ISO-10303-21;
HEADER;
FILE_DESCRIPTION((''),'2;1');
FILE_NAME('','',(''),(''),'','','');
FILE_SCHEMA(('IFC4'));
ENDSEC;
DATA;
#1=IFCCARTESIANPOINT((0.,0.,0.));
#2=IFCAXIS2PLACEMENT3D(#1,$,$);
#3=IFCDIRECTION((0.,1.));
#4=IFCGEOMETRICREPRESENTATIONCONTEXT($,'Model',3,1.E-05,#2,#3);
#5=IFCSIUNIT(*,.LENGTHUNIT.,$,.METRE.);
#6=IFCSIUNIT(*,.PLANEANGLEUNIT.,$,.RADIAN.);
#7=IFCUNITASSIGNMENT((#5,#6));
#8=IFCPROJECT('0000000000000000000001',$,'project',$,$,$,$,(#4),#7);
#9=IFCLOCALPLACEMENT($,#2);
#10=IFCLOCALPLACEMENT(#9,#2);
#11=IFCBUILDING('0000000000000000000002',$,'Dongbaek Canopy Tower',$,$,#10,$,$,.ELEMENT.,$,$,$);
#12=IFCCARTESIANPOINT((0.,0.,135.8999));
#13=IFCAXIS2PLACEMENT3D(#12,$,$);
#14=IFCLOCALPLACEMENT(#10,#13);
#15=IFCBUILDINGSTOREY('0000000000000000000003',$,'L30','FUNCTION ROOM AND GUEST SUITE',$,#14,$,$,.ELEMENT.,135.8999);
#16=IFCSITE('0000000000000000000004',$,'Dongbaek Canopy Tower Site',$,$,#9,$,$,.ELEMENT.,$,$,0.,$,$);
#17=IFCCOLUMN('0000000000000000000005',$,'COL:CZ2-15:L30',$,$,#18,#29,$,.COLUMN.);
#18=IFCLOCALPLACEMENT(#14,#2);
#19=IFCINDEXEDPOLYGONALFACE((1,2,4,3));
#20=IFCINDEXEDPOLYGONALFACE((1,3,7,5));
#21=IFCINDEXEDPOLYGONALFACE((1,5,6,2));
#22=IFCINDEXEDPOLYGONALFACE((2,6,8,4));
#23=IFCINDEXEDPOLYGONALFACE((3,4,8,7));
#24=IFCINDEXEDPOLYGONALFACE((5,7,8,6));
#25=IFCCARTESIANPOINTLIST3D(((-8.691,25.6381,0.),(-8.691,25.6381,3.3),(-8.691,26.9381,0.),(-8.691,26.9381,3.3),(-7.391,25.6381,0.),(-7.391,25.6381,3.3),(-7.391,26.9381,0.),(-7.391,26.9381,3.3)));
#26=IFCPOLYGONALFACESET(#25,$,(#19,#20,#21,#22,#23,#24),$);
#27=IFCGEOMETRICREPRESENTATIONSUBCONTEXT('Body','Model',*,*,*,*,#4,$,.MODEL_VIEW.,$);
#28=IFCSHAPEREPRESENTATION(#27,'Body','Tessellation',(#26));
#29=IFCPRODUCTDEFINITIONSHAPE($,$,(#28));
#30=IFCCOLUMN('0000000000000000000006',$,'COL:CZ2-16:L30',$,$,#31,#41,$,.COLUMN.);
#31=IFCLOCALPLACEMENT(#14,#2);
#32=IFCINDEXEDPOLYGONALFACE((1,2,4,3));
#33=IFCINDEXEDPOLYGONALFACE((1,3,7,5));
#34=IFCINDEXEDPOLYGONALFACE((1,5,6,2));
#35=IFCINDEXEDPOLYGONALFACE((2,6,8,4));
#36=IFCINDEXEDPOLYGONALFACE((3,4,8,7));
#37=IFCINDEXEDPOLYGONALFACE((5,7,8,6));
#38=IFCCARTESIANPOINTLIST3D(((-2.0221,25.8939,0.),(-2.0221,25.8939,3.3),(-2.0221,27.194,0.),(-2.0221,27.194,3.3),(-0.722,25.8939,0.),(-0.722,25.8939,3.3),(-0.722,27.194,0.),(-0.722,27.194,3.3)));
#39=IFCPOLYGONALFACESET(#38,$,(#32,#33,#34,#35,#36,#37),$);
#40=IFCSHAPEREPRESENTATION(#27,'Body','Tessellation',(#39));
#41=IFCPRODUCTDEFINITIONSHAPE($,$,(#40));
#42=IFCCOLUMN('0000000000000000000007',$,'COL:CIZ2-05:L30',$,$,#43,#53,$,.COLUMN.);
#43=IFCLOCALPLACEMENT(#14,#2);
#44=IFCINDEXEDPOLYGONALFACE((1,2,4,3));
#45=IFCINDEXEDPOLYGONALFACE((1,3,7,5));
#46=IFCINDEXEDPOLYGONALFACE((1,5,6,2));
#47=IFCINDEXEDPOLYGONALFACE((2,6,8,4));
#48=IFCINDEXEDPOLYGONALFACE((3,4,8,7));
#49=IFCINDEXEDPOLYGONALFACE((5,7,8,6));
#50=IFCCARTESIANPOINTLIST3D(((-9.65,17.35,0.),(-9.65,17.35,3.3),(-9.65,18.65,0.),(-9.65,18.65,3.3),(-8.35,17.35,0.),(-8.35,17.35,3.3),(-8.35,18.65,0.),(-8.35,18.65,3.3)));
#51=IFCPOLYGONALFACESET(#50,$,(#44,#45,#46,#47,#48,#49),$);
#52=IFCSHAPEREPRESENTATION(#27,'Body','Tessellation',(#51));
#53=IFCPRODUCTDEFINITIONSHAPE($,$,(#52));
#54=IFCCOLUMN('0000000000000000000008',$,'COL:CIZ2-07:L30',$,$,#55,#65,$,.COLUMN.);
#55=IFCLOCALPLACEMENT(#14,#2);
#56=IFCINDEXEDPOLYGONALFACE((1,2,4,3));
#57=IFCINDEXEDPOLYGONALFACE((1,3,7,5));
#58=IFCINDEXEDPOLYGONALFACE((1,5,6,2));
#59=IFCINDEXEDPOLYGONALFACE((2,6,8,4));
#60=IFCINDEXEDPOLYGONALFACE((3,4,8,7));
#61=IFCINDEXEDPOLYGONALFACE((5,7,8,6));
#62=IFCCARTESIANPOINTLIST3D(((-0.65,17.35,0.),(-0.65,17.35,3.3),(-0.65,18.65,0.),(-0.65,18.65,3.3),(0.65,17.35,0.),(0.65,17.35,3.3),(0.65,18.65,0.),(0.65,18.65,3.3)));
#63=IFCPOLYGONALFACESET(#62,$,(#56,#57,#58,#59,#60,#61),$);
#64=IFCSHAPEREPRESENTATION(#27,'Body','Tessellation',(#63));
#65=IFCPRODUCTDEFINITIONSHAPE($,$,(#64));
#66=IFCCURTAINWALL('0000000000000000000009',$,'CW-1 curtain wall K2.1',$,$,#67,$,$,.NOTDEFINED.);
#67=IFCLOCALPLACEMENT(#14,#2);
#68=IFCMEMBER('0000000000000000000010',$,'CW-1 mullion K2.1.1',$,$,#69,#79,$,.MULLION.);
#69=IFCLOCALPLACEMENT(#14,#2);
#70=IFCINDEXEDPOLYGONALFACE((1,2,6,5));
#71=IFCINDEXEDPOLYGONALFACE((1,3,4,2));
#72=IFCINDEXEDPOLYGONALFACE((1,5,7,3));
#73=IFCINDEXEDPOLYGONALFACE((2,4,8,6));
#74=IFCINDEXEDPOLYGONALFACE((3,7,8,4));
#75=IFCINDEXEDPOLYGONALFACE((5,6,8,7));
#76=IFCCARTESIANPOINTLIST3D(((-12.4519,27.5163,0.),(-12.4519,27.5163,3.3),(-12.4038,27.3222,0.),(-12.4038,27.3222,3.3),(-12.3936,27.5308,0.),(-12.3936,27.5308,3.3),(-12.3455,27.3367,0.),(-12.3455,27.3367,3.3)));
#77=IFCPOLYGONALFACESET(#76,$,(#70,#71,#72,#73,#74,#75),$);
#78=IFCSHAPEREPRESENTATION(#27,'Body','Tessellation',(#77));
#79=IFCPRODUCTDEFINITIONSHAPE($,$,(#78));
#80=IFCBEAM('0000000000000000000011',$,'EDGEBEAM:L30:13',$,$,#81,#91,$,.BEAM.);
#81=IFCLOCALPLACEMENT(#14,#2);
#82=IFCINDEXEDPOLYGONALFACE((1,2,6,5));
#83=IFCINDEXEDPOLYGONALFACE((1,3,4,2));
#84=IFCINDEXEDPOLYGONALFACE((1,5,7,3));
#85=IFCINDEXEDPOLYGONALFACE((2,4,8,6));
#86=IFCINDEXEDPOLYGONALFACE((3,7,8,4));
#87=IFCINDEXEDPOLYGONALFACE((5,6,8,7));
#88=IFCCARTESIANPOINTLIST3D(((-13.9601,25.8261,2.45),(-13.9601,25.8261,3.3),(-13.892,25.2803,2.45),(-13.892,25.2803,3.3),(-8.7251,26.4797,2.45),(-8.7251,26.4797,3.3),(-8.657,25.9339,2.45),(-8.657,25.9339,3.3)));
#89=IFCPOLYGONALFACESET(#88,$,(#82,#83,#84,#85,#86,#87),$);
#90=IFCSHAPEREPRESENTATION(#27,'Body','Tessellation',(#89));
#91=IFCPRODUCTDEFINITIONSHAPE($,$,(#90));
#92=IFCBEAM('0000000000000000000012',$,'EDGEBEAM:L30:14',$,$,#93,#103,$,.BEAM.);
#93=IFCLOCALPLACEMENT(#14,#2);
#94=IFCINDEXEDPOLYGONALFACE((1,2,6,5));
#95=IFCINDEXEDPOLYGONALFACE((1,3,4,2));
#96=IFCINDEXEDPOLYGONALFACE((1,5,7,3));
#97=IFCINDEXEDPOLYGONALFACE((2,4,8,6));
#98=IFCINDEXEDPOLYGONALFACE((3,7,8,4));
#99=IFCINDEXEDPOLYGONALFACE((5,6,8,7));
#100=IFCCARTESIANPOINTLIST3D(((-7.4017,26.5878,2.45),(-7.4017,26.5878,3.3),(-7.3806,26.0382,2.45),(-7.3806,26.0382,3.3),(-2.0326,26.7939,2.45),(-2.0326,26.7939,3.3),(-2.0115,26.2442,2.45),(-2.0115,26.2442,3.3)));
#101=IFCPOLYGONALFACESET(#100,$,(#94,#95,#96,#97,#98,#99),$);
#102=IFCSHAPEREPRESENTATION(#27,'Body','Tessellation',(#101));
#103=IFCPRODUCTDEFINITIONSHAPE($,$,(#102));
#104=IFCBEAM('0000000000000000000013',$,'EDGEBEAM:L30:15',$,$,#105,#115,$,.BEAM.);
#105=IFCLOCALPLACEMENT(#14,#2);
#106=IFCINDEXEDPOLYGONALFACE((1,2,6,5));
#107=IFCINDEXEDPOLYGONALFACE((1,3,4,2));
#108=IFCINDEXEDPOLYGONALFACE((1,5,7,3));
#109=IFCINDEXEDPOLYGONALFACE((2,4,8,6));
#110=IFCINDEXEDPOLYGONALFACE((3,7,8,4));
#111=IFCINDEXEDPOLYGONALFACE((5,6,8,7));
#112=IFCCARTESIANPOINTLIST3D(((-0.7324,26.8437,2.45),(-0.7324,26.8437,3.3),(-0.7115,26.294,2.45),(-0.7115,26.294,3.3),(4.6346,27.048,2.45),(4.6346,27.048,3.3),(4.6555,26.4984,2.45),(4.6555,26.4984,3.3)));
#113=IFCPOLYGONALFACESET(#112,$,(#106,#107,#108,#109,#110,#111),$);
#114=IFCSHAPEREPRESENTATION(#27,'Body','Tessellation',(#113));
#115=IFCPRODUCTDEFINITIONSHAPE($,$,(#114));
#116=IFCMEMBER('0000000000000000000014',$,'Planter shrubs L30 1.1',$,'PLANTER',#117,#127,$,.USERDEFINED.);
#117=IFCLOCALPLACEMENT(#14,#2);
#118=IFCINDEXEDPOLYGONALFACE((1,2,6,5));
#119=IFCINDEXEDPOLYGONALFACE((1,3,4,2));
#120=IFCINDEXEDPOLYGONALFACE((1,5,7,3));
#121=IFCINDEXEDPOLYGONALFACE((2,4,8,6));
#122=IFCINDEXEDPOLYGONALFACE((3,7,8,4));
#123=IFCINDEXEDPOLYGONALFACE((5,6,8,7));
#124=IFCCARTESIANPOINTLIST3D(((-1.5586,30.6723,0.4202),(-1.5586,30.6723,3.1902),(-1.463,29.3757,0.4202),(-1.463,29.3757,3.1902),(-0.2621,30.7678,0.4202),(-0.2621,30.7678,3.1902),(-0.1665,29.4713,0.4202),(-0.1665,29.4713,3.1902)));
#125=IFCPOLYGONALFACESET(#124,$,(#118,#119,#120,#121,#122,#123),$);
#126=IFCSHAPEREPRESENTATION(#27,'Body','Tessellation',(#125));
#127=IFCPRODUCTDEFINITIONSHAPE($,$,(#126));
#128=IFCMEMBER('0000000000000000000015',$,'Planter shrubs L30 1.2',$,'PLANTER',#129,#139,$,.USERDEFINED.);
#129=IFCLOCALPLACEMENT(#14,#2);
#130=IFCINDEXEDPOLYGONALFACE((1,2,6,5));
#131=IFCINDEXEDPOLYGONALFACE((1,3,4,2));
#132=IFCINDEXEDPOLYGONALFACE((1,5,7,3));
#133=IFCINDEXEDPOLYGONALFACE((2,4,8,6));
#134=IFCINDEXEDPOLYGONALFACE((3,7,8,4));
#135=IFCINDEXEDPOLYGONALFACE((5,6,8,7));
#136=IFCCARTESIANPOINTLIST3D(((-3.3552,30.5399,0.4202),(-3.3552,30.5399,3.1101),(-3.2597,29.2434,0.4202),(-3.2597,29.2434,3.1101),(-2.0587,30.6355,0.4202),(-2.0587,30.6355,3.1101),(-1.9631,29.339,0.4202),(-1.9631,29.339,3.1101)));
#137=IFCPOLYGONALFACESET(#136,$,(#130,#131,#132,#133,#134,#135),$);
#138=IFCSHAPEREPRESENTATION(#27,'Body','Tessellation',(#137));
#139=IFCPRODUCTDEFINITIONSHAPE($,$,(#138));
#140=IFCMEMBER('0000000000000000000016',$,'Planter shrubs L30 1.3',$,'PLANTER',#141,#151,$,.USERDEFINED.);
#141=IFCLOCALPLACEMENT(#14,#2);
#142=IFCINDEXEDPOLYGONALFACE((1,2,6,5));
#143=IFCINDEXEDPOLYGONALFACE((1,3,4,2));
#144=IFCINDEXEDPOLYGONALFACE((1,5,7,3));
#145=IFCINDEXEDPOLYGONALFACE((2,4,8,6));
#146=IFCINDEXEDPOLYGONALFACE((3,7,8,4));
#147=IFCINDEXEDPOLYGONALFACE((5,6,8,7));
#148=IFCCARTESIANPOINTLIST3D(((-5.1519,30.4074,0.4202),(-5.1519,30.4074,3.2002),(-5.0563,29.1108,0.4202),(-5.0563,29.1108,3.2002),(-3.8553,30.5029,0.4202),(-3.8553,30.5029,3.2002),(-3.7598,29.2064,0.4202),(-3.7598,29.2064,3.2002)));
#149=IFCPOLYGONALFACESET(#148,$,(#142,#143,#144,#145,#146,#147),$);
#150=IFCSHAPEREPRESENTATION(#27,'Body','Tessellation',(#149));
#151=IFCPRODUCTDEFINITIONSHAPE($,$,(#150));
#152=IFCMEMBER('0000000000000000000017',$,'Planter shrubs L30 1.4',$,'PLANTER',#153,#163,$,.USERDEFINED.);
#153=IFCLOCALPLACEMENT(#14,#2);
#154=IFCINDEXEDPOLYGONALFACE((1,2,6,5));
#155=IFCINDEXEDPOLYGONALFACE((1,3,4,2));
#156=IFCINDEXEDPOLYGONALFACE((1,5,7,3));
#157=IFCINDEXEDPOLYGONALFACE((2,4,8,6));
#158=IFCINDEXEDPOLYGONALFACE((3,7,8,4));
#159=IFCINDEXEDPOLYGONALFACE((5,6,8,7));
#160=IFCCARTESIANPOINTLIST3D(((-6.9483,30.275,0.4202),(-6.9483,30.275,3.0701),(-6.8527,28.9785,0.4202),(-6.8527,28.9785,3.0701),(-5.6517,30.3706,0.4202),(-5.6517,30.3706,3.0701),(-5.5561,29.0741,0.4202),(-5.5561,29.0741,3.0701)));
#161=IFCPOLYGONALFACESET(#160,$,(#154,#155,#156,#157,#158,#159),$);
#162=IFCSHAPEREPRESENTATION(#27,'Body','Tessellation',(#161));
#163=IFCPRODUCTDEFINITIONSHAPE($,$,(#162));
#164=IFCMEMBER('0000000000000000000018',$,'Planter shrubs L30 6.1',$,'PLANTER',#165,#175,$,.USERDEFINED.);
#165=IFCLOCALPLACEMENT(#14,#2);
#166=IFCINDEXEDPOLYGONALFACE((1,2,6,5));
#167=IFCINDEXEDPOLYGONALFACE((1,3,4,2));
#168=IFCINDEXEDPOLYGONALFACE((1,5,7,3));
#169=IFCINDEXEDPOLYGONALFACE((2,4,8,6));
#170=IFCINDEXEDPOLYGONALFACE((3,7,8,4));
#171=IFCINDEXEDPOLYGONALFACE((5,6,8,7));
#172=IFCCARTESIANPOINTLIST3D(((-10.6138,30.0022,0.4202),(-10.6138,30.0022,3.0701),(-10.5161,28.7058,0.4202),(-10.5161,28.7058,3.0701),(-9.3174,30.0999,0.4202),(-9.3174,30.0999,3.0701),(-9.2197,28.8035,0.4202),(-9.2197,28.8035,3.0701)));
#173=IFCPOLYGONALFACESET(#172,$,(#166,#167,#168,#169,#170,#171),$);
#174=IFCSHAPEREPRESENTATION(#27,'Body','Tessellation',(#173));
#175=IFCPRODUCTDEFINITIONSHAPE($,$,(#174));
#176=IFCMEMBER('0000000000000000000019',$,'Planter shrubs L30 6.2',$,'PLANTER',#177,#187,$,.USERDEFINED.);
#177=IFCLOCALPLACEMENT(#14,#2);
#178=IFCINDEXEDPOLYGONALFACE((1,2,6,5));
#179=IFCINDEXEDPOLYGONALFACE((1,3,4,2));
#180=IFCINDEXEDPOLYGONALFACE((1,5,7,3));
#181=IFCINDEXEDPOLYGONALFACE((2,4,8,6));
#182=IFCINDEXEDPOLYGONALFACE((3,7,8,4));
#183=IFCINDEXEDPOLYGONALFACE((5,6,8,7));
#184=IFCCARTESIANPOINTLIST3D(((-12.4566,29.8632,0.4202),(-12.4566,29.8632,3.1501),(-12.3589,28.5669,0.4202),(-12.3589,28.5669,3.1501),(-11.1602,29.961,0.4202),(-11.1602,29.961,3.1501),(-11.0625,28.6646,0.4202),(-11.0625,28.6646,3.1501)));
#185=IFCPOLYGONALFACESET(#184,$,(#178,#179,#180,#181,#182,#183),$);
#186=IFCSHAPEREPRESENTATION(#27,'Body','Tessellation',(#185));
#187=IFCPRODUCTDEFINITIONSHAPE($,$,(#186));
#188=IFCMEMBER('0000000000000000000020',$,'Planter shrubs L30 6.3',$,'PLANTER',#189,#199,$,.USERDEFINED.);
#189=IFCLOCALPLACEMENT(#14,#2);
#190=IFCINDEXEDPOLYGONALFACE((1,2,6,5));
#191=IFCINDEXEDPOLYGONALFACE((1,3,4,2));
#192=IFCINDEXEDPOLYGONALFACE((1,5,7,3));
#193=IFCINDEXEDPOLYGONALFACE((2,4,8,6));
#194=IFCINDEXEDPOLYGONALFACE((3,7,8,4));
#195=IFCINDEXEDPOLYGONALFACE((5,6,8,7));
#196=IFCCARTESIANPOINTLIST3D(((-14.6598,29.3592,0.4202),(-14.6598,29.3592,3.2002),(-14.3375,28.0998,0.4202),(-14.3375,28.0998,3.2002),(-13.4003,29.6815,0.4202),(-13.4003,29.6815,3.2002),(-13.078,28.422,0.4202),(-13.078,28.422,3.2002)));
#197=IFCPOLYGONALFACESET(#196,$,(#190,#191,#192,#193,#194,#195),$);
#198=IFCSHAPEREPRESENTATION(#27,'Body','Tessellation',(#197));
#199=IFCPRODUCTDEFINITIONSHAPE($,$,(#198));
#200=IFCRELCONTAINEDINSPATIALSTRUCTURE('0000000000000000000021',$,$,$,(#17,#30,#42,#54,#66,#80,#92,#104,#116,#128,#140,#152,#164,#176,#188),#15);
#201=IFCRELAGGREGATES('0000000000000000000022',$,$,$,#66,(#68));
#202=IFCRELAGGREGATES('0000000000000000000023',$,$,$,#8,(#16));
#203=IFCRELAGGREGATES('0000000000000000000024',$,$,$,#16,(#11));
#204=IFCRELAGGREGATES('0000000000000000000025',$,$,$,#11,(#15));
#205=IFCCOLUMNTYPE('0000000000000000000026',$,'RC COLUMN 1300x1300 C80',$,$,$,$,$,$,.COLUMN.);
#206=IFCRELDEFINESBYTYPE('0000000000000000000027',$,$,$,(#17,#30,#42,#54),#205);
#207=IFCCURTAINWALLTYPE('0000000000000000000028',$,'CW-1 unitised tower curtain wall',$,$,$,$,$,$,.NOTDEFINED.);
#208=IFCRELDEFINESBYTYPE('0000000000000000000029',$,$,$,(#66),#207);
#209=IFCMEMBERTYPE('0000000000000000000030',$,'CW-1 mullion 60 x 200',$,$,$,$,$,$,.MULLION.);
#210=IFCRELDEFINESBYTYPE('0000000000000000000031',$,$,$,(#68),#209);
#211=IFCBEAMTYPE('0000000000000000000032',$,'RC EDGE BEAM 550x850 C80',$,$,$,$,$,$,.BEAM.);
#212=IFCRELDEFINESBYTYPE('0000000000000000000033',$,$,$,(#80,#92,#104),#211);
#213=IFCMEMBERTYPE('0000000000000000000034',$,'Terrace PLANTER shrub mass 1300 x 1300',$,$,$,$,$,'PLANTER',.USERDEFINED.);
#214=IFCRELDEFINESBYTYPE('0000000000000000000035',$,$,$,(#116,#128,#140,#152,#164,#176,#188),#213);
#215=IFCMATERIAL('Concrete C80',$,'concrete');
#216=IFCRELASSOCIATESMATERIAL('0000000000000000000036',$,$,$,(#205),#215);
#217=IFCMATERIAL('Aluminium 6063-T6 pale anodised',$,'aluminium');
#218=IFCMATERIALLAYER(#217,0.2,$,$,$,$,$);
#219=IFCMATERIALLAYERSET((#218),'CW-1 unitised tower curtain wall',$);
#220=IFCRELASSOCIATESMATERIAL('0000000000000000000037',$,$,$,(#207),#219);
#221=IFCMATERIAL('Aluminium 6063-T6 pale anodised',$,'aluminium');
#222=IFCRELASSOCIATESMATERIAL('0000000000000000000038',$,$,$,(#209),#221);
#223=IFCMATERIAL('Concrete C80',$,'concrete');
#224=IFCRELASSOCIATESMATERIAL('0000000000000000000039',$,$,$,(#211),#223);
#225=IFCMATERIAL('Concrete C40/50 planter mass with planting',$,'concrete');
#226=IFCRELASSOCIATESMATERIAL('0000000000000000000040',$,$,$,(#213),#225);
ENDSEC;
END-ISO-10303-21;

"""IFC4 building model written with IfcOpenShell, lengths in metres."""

from ifc_helpers import new_model, si_unit, direction, frame, origin, origin_2d, place, context, subcontext, project, spatial, rectangle, extrude, material, layer, layer_set, material_profile, profile_set, type_object, element, aggregate, save


model = new_model("IFC4")

# Units and contexts
model_context = context("Model", 3, precision=1e-05, world=origin(), true_north=direction((0.0, 1.0)))
body_context = subcontext(model_context, "Body", "Model", "MODEL_VIEW")
ifc_project = project(units=[si_unit("LENGTHUNIT", "METRE"), si_unit("PLANEANGLEUNIT", "RADIAN")], contexts=[model_context])

# Site, building, storey
site_placement = place(None, origin())
site = spatial("IfcSite", under=ifc_project, at=site_placement, Name="Dongbaek Canopy Tower Site", CompositionType="ELEMENT", RefElevation=0.0)
building_placement = place(site_placement, origin())
building = spatial("IfcBuilding", under=site, at=building_placement, Name="Dongbaek Canopy Tower", CompositionType="ELEMENT")
storey_placement = place(building_placement, frame((0.0, 0.0, 135.8999)))
storey = spatial("IfcBuildingStorey", under=building, at=storey_placement, Name="L30", Description="FUNCTION ROOM AND GUEST SUITE", CompositionType="ELEMENT", Elevation=135.8999)

# Columns
ifc_material_1 = material(Name="Concrete C80", Category="concrete")
ifc_material_profile_1 = material_profile(ifc_material_1, rectangle(XDim=1.3, YDim=1.3, at=origin_2d()), Name="RC COLUMN 1300x1300 C80")
ifc_profile_set_1 = profile_set([ifc_material_profile_1], Name="Concrete C80")
column_type = type_object("IfcColumnType", Name="RC COLUMN 1300x1300 C80", PredefinedType="COLUMN", material=ifc_profile_set_1)
for number, where, z_axis, x_axis, name in (
    (1, (-8.041, 26.2881, 0.0), (0.0, 0.0, 1.0), (1.0, 0.0, 0.0), "COL:CZ2-15:L30"),
    (2, (-1.3721, 26.5439, 0.0), (0.0, 0.0, 1.0), (1.0, 0.0, 0.0), "COL:CZ2-16:L30"),
    (3, (-9.0, 18.0, 0.0), (0.0, 0.0, 1.0), (1.0, 0.0, 0.0), "COL:CIZ2-05:L30"),
    (4, (0.0, 18.0, 0.0), (0.0, 0.0, 1.0), (1.0, 0.0, 0.0), "COL:CIZ2-07:L30"),
):
    element("IfcColumn", number, at=place(storey_placement, frame(where, z_axis=z_axis, x_axis=x_axis)), inside=storey, type_object=column_type, Name=name, PredefinedType="COLUMN", context=body_context, shape_type="SweptSolid", body=[
        extrude(rectangle(XDim=1.3, YDim=1.3, at=origin_2d()), origin(), (0.0, 0.0, 1.0), 3.3),
    ])

# Curtain wall, member
ifc_material_2 = material(Name="Aluminium 6063-T6 pale anodised", Category="aluminium")
ifc_layer_1 = layer(ifc_material_2, 0.2)
ifc_layer_set_1 = layer_set([ifc_layer_1], Name="CW-1 unitised tower curtain wall")
curtain_wall_type = type_object("IfcCurtainWallType", Name="CW-1 unitised tower curtain wall", PredefinedType="NOTDEFINED", material=ifc_layer_set_1)
curtain_wall_placement = place(storey_placement, origin())
curtain_wall = element("IfcCurtainWall", 5, at=curtain_wall_placement, inside=storey, type_object=curtain_wall_type, Name="CW-1 curtain wall K2.1", PredefinedType="NOTDEFINED")
ifc_material_3 = material(Name="Aluminium 6063-T6 pale anodised", Category="aluminium")
ifc_material_profile_2 = material_profile(ifc_material_3, rectangle(XDim=0.2, YDim=0.0601, at=origin_2d()), Name="CW-1 mullion 60 x 200")
ifc_profile_set_2 = profile_set([ifc_material_profile_2], Name="Aluminium 6063-T6 pale anodised")
member_type_1 = type_object("IfcMemberType", Name="CW-1 mullion 60 x 200", PredefinedType="MULLION", material=ifc_profile_set_2)
member_1_placement = place(storey_placement, frame((-12.3987, 27.4265, 0.0), z_axis=(0.0, 0.0, 1.0), x_axis=(-0.240709, 0.970597, 0.0)))
member_1 = element("IfcMember", 6, at=member_1_placement, type_object=member_type_1, Name="CW-1 mullion K2.1.1", PredefinedType="MULLION", context=body_context, shape_type="SweptSolid", body=[
    extrude(rectangle(XDim=0.2, YDim=0.0601, at=origin_2d()), origin(), (0.0, 0.0, 1.0), 3.3),
])

# Beams
ifc_material_4 = material(Name="Concrete C80", Category="concrete")
ifc_material_profile_3 = material_profile(ifc_material_4, rectangle(XDim=0.55, YDim=0.8501, at=origin_2d()), Name="RC EDGE BEAM 550x850 C80")
ifc_profile_set_3 = profile_set([ifc_material_profile_3], Name="Concrete C80")
beam_type = type_object("IfcBeamType", Name="RC EDGE BEAM 550x850 C80", PredefinedType="BEAM", material=ifc_profile_set_3)
beam_1_placement = place(storey_placement, frame((-13.926, 25.5532, 2.875), z_axis=(0.992297, 0.123881, 0.0), x_axis=(-0.123881, 0.992297, 0.0)))
element("IfcBeam", 7, at=beam_1_placement, inside=storey, type_object=beam_type, Name="EDGEBEAM:L30:13", PredefinedType="BEAM", context=body_context, shape_type="SweptSolid", body=[
    extrude(rectangle(XDim=0.55, YDim=0.8501, at=origin_2d()), origin(), (0.0, 0.0, 1.0), 5.2756),
])
beam_2_placement = place(storey_placement, frame((-7.3911, 26.313, 2.875), z_axis=(0.999264, 0.038349, 0.0), x_axis=(-0.038349, 0.999264, 0.0)))
element("IfcBeam", 8, at=beam_2_placement, inside=storey, type_object=beam_type, Name="EDGEBEAM:L30:14", PredefinedType="BEAM", context=body_context, shape_type="SweptSolid", body=[
    extrude(rectangle(XDim=0.55, YDim=0.8501, at=origin_2d()), origin(), (0.0, 0.0, 1.0), 5.373),
])
beam_3_placement = place(storey_placement, frame((-0.7219, 26.5688, 2.875), z_axis=(0.999276, 0.038047, 0.0), x_axis=(-0.038047, 0.999276, 0.0)))
element("IfcBeam", 9, at=beam_3_placement, inside=storey, type_object=beam_type, Name="EDGEBEAM:L30:15", PredefinedType="BEAM", context=body_context, shape_type="SweptSolid", body=[
    extrude(rectangle(XDim=0.55, YDim=0.8501, at=origin_2d()), origin(), (0.0, 0.0, 1.0), 5.3708),
])

# Members
ifc_material_5 = material(Name="Concrete C40/50 planter mass with planting", Category="concrete")
ifc_material_profile_4 = material_profile(ifc_material_5, rectangle(XDim=1.3, YDim=1.3, at=origin_2d()), Name="Terrace PLANTER shrub mass 1300 x 1300")
ifc_profile_set_4 = profile_set([ifc_material_profile_4], Name="Concrete C40/50 planter mass with planting")
member_type_2 = type_object("IfcMemberType", Name="Terrace PLANTER shrub mass 1300 x 1300", ElementType="PLANTER", PredefinedType="USERDEFINED", material=ifc_profile_set_4)
member_2_placement = place(storey_placement, frame((-0.8625, 30.0718, 0.4202), z_axis=(0.0, 0.0, 1.0), x_axis=(-0.073519, 0.997294, 0.0)))
element("IfcMember", 10, at=member_2_placement, inside=storey, type_object=member_type_2, Name="Planter shrubs L30 1.1", ObjectType="PLANTER", PredefinedType="USERDEFINED", context=body_context, shape_type="SweptSolid", body=[
    extrude(rectangle(XDim=1.3, YDim=1.3, at=origin_2d()), origin(), (0.0, 0.0, 1.0), 2.77),
])
member_3_placement = place(storey_placement, frame((-2.6592, 29.9395, 0.4202), z_axis=(0.0, 0.0, 1.0), x_axis=(-0.073519, 0.997294, 0.0)))
element("IfcMember", 11, at=member_3_placement, inside=storey, type_object=member_type_2, Name="Planter shrubs L30 1.2", ObjectType="PLANTER", PredefinedType="USERDEFINED", context=body_context, shape_type="SweptSolid", body=[
    extrude(rectangle(XDim=1.3, YDim=1.3, at=origin_2d()), origin(), (0.0, 0.0, 1.0), 2.6899),
])
member_4_placement = place(storey_placement, frame((-4.4558, 29.8069, 0.4202), z_axis=(0.0, 0.0, 1.0), x_axis=(-0.073519, 0.997294, 0.0)))
element("IfcMember", 12, at=member_4_placement, inside=storey, type_object=member_type_2, Name="Planter shrubs L30 1.3", ObjectType="PLANTER", PredefinedType="USERDEFINED", context=body_context, shape_type="SweptSolid", body=[
    extrude(rectangle(XDim=1.3, YDim=1.3, at=origin_2d()), origin(), (0.0, 0.0, 1.0), 2.78),
])
for number, where, z_axis, x_axis, name in (
    (13, (-6.2522, 29.6746, 0.4202), (0.0, 0.0, 1.0), (-0.073519, 0.997294, 0.0), "Planter shrubs L30 1.4"),
    (14, (-9.9167, 29.4028, 0.4202), (0.0, 0.0, 1.0), (-0.075156, 0.997172, 0.0), "Planter shrubs L30 6.1"),
):
    element("IfcMember", number, at=place(storey_placement, frame(where, z_axis=z_axis, x_axis=x_axis)), inside=storey, type_object=member_type_2, Name=name, ObjectType="PLANTER", PredefinedType="USERDEFINED", context=body_context, shape_type="SweptSolid", body=[
        extrude(rectangle(XDim=1.3, YDim=1.3, at=origin_2d()), origin(), (0.0, 0.0, 1.0), 2.6499),
    ])
member_5_placement = place(storey_placement, frame((-11.7595, 29.2639, 0.4202), z_axis=(0.0, 0.0, 1.0), x_axis=(-0.075156, 0.997172, 0.0)))
element("IfcMember", 15, at=member_5_placement, inside=storey, type_object=member_type_2, Name="Planter shrubs L30 6.2", ObjectType="PLANTER", PredefinedType="USERDEFINED", context=body_context, shape_type="SweptSolid", body=[
    extrude(rectangle(XDim=1.3, YDim=1.3, at=origin_2d()), origin(), (0.0, 0.0, 1.0), 2.73),
])
member_6_placement = place(storey_placement, frame((-13.8689, 28.8906, 0.4202), z_axis=(0.0, 0.0, 1.0), x_axis=(-0.247887, 0.968789, 0.0)))
element("IfcMember", 16, at=member_6_placement, inside=storey, type_object=member_type_2, Name="Planter shrubs L30 6.3", ObjectType="PLANTER", PredefinedType="USERDEFINED", context=body_context, shape_type="SweptSolid", body=[
    extrude(rectangle(XDim=1.3, YDim=1.3, at=origin_2d()), origin(), (0.0, 0.0, 1.0), 2.78),
])

aggregate(curtain_wall, [member_1])

save(model, "model.ifc")
